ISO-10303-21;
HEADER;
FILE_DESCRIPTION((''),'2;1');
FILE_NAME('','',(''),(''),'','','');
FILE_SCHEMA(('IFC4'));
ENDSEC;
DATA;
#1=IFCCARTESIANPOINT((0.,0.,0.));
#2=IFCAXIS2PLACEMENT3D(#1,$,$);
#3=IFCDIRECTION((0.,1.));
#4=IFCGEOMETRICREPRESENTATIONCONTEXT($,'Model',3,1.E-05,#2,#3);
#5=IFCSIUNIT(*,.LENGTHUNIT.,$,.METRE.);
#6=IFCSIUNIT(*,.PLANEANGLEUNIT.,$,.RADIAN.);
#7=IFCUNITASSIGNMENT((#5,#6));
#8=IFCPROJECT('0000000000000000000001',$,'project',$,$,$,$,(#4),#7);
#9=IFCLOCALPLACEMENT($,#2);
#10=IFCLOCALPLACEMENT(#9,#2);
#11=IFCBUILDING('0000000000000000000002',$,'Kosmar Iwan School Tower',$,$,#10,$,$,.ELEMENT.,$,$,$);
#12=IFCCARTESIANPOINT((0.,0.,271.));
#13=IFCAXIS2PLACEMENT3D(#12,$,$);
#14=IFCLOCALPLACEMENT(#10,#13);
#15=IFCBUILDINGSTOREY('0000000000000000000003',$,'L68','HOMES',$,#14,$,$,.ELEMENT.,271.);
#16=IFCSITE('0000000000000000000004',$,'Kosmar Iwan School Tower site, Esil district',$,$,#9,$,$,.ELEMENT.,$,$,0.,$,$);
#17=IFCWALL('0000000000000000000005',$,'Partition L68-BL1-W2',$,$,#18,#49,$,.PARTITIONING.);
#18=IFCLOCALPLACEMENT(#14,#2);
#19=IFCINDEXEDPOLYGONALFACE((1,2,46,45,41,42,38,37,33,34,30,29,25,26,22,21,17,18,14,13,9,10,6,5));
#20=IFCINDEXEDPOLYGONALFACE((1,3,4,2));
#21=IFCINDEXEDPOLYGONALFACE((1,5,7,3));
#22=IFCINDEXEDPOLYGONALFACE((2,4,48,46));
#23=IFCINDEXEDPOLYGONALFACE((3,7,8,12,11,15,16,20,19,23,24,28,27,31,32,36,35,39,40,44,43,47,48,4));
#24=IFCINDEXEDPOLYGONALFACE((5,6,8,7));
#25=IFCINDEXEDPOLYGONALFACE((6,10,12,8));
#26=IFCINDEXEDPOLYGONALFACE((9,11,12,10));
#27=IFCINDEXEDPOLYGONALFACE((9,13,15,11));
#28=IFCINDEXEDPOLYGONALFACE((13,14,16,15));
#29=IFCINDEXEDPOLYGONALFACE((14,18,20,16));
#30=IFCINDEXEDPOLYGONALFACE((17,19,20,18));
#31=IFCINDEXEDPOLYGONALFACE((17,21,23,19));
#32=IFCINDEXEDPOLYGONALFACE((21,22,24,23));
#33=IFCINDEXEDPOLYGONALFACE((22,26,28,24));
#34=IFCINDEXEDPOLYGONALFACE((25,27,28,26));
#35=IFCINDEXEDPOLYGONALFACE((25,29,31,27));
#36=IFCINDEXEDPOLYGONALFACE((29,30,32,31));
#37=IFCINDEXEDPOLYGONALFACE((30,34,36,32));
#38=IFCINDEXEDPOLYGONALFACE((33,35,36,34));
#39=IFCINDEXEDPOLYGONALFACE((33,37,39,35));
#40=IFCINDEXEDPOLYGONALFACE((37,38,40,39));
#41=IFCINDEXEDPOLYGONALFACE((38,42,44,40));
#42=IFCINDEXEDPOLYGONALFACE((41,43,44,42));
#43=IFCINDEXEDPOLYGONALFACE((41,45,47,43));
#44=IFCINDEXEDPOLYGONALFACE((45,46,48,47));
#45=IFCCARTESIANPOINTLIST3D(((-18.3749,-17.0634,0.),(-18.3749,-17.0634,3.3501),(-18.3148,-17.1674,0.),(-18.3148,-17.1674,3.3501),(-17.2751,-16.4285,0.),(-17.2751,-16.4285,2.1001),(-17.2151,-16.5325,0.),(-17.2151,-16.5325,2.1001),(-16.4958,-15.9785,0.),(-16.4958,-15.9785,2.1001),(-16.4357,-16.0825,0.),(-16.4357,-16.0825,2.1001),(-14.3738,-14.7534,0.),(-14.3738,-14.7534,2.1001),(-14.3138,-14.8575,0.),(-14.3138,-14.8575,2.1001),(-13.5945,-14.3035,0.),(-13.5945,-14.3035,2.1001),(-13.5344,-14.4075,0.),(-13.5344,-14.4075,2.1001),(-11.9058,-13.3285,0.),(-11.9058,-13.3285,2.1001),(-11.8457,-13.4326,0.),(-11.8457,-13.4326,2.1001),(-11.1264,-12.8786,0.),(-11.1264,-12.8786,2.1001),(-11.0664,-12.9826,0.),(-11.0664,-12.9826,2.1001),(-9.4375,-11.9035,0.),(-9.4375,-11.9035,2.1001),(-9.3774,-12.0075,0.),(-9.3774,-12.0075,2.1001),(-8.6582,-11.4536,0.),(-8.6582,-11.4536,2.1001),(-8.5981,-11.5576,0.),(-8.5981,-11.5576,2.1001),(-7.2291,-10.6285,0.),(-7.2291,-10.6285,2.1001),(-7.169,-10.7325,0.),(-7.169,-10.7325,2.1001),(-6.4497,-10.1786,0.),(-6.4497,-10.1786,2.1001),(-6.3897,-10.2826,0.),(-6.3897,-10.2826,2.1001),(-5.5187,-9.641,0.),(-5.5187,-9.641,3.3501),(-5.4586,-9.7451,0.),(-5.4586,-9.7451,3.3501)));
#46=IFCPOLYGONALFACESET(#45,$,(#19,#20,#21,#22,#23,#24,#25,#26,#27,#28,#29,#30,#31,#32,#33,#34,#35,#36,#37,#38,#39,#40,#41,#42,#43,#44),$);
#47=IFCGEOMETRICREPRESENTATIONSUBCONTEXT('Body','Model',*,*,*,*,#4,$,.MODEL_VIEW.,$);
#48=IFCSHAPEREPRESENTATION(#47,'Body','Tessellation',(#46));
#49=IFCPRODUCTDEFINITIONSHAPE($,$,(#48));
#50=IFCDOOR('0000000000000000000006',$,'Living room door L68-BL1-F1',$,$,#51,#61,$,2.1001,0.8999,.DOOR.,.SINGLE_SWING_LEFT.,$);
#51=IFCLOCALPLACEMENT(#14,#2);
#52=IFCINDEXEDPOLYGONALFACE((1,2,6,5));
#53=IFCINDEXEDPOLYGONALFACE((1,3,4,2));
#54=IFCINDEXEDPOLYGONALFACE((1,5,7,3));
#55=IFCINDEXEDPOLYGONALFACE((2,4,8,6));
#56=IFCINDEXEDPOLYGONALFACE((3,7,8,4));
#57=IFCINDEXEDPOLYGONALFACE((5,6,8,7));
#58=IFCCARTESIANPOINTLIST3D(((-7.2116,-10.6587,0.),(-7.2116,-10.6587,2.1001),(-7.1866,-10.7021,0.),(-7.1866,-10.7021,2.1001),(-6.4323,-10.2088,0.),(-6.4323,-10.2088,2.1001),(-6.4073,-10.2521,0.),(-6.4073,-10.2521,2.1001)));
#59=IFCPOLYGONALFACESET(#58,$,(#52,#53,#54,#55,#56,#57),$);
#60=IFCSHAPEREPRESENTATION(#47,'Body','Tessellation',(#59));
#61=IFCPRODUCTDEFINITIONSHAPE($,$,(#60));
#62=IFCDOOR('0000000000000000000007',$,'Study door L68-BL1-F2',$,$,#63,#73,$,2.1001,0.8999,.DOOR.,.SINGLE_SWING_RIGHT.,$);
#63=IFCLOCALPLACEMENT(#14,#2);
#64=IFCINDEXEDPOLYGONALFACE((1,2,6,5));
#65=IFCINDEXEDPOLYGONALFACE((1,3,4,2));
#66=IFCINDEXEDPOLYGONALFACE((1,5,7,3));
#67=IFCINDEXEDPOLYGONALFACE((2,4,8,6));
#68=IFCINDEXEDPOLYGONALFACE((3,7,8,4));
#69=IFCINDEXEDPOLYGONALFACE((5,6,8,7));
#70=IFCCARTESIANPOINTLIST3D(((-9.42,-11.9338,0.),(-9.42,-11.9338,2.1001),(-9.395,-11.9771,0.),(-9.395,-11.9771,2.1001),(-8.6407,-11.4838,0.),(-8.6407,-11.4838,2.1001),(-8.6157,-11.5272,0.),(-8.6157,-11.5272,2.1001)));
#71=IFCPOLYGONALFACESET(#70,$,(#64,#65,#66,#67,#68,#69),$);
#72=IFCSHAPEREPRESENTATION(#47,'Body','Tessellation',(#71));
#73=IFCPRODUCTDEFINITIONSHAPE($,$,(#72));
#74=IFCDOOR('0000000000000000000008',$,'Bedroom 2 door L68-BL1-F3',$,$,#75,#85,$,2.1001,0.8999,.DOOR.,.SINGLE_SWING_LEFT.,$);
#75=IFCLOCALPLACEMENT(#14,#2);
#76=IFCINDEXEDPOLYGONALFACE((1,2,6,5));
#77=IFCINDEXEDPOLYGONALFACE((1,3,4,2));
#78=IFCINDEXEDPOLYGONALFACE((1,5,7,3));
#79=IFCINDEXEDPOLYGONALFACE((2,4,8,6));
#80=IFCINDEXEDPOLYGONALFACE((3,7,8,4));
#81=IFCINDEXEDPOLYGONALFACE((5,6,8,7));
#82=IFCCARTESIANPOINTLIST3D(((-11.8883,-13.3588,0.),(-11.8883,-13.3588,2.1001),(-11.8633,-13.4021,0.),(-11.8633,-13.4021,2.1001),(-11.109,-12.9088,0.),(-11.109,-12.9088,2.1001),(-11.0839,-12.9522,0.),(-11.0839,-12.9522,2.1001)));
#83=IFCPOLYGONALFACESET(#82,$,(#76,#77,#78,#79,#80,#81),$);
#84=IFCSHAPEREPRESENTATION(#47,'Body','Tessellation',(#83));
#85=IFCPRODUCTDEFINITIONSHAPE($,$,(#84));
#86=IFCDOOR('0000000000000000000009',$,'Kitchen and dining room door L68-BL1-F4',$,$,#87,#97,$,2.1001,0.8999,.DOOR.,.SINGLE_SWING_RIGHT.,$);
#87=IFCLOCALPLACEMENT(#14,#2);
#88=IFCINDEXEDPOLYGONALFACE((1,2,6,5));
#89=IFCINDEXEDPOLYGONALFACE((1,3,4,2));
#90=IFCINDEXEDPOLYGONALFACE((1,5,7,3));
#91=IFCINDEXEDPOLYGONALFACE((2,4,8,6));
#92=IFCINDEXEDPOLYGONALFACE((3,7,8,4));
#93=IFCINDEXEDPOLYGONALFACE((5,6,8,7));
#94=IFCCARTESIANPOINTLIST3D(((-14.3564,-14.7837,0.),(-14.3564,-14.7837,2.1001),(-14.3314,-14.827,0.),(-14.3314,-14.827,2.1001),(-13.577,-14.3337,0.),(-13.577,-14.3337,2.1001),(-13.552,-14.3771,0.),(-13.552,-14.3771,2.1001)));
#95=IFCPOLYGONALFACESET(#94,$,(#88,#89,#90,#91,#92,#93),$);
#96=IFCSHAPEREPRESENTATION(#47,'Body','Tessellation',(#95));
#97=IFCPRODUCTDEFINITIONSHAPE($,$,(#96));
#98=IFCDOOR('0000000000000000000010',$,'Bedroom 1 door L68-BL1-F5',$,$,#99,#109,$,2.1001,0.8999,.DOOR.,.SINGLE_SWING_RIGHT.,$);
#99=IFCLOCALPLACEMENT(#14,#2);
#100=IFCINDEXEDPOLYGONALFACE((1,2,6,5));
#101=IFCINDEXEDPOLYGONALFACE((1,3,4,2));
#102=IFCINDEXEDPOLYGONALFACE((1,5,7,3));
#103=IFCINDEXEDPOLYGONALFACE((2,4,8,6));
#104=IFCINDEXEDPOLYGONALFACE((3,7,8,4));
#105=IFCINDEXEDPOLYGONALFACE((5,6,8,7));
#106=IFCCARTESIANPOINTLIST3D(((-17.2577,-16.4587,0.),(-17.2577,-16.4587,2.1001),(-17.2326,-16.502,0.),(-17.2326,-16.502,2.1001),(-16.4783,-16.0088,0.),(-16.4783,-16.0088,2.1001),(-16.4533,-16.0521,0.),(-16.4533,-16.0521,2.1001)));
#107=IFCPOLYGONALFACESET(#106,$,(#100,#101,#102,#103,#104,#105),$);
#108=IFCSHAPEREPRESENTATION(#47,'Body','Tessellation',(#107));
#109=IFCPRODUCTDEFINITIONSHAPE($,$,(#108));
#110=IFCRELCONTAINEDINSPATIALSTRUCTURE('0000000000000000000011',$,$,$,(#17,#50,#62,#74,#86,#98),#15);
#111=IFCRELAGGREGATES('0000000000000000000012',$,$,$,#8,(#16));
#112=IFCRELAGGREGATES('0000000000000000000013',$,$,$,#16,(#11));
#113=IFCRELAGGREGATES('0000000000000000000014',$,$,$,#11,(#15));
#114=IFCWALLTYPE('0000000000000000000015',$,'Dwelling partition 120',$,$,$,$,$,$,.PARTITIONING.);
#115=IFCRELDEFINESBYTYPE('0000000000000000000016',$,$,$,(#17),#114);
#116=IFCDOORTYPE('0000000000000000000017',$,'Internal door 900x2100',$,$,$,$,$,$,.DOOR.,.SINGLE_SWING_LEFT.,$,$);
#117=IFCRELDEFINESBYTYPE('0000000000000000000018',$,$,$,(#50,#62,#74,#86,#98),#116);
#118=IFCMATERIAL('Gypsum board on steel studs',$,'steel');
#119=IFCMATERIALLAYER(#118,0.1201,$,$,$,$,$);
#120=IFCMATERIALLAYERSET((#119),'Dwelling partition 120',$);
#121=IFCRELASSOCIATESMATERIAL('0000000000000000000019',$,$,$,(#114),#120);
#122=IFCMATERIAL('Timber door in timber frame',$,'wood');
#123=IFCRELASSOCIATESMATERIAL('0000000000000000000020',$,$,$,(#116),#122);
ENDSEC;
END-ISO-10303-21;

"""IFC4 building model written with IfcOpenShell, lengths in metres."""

from ifc_helpers import new_model, si_unit, direction, frame, frame_2d, origin, place, context, subcontext, project, spatial, rectangle, extrude, material, layer, layer_set, type_object, element, fill, save


model = new_model("IFC4")

# Units and contexts
model_context = context("Model", 3, precision=1e-05, world=origin(), true_north=direction((0.0, 1.0)))
body_context = subcontext(model_context, "Body", "Model", "MODEL_VIEW")
ifc_project = project(units=[si_unit("LENGTHUNIT", "METRE"), si_unit("PLANEANGLEUNIT", "RADIAN")], contexts=[model_context])

# Site, building, storey
site_placement = place(None, origin())
site = spatial("IfcSite", under=ifc_project, at=site_placement, Name="Kosmar Iwan School Tower site, Esil district", CompositionType="ELEMENT", RefElevation=0.0)
building_placement = place(site_placement, origin())
building = spatial("IfcBuilding", under=site, at=building_placement, Name="Kosmar Iwan School Tower", CompositionType="ELEMENT")
storey_placement = place(building_placement, frame((0.0, 0.0, 271.0)))
storey = spatial("IfcBuildingStorey", under=building, at=storey_placement, Name="L68", Description="HOMES", CompositionType="ELEMENT", Elevation=271.0)

# Wall, openings, doors
ifc_material_1 = material(Name="Gypsum board on steel studs", Category="steel")
ifc_layer_1 = layer(ifc_material_1, 0.1201)
ifc_layer_set_1 = layer_set([ifc_layer_1], Name="Dwelling partition 120")
wall_type_1 = type_object("IfcWallType", Name="Dwelling partition 120", PredefinedType="PARTITIONING", material=ifc_layer_set_1)
ifc_material_2 = material(Name="Timber door in timber frame", Category="wood")
door_type_1 = type_object("IfcDoorType", Name="Internal door 900x2100", OperationType="SINGLE_SWING_LEFT", PredefinedType="DOOR", material=ifc_material_2)
wall_1_placement = place(storey_placement, frame((-5.4888, -9.6931, 0.0), z_axis=(0.0, 0.0, 1.0), x_axis=(-0.86603, -0.499992, 0.0)))
wall_1 = element("IfcWall", 1, at=wall_1_placement, inside=storey, type_object=wall_type_1, Name="Partition L68-BL1-W2", PredefinedType="PARTITIONING", context=body_context, shape_type="SweptSolid", body=[
    extrude(rectangle(XDim=14.845, YDim=0.1201, at=frame_2d((7.4224, 0.0))), origin(), (0.0, 0.0, 1.0), 3.3501),
])
opening_1_placement = place(wall_1_placement, frame((1.075, 0.0, 0.0)))
opening_1 = element("IfcOpeningElement", 2, at=opening_1_placement, cuts=wall_1, PredefinedType="OPENING", context=body_context, shape_type="SweptSolid", body=[
    extrude(rectangle(XDim=0.8999, YDim=2.1001, at=frame_2d((0.45, 1.05))), frame((0.0, 0.072, 0.0), z_axis=(0.0, -1.0, 0.0), x_axis=(1.0, 0.0, 0.0)), (0.0, 0.0, 1.0), 0.144),
])
opening_2_placement = place(wall_1_placement, frame((3.625, 0.0, 0.0)))
opening_2 = element("IfcOpeningElement", 3, at=opening_2_placement, cuts=wall_1, PredefinedType="OPENING", context=body_context, shape_type="SweptSolid", body=[
    extrude(rectangle(XDim=0.8999, YDim=2.1001, at=frame_2d((0.45, 1.05))), frame((0.0, 0.072, 0.0), z_axis=(0.0, -1.0, 0.0), x_axis=(1.0, 0.0, 0.0)), (0.0, 0.0, 1.0), 0.144),
])
opening_3_placement = place(wall_1_placement, frame((6.4751, 0.0, 0.0)))
opening_3 = element("IfcOpeningElement", 4, at=opening_3_placement, cuts=wall_1, PredefinedType="OPENING", context=body_context, shape_type="SweptSolid", body=[
    extrude(rectangle(XDim=0.8999, YDim=2.1001, at=frame_2d((0.45, 1.05))), frame((0.0, 0.072, 0.0), z_axis=(0.0, -1.0, 0.0), x_axis=(1.0, 0.0, 0.0)), (0.0, 0.0, 1.0), 0.144),
])
opening_4_placement = place(wall_1_placement, frame((9.325, 0.0, 0.0)))
opening_4 = element("IfcOpeningElement", 5, at=opening_4_placement, cuts=wall_1, PredefinedType="OPENING", context=body_context, shape_type="SweptSolid", body=[
    extrude(rectangle(XDim=0.8999, YDim=2.1001, at=frame_2d((0.45, 1.05))), frame((0.0, 0.072, 0.0), z_axis=(0.0, -1.0, 0.0), x_axis=(1.0, 0.0, 0.0)), (0.0, 0.0, 1.0), 0.144),
])
opening_5_placement = place(wall_1_placement, frame((12.675, 0.0, 0.0)))
opening_5 = element("IfcOpeningElement", 6, at=opening_5_placement, cuts=wall_1, PredefinedType="OPENING", context=body_context, shape_type="SweptSolid", body=[
    extrude(rectangle(XDim=0.8999, YDim=2.1001, at=frame_2d((0.45, 1.05))), frame((0.0, 0.072, 0.0), z_axis=(0.0, -1.0, 0.0), x_axis=(1.0, 0.0, 0.0)), (0.0, 0.0, 1.0), 0.144),
])
door_1_placement = place(opening_1_placement, origin())
door_1 = element("IfcDoor", 7, at=door_1_placement, inside=storey, type_object=door_type_1, Name="Living room door L68-BL1-F1", OperationType="SINGLE_SWING_LEFT", OverallHeight=2.1001, OverallWidth=0.8999, PredefinedType="DOOR", context=body_context, shape_type="SweptSolid", body=[
    extrude(rectangle(XDim=0.8999, YDim=2.1001, at=frame_2d((0.45, 1.05))), frame((0.0, 0.0249, 0.0), z_axis=(0.0, -1.0, 0.0), x_axis=(1.0, 0.0, 0.0)), (0.0, 0.0, 1.0), 0.05),
])
fill(opening_1, door_1)
door_2_placement = place(opening_2_placement, origin())
door_2 = element("IfcDoor", 8, at=door_2_placement, inside=storey, type_object=door_type_1, Name="Study door L68-BL1-F2", OperationType="SINGLE_SWING_RIGHT", OverallHeight=2.1001, OverallWidth=0.8999, PredefinedType="DOOR", context=body_context, shape_type="SweptSolid", body=[
    extrude(rectangle(XDim=0.8999, YDim=2.1001, at=frame_2d((0.45, 1.05))), frame((0.0, 0.0249, 0.0), z_axis=(0.0, -1.0, 0.0), x_axis=(1.0, 0.0, 0.0)), (0.0, 0.0, 1.0), 0.05),
])
fill(opening_2, door_2)
door_3_placement = place(opening_3_placement, origin())
door_3 = element("IfcDoor", 9, at=door_3_placement, inside=storey, type_object=door_type_1, Name="Bedroom 2 door L68-BL1-F3", OperationType="SINGLE_SWING_LEFT", OverallHeight=2.1001, OverallWidth=0.8999, PredefinedType="DOOR", context=body_context, shape_type="SweptSolid", body=[
    extrude(rectangle(XDim=0.8999, YDim=2.1001, at=frame_2d((0.45, 1.05))), frame((0.0, 0.0249, 0.0), z_axis=(0.0, -1.0, 0.0), x_axis=(1.0, 0.0, 0.0)), (0.0, 0.0, 1.0), 0.05),
])
fill(opening_3, door_3)
door_4_placement = place(opening_4_placement, origin())
door_4 = element("IfcDoor", 10, at=door_4_placement, inside=storey, type_object=door_type_1, Name="Kitchen and dining room door L68-BL1-F4", OperationType="SINGLE_SWING_RIGHT", OverallHeight=2.1001, OverallWidth=0.8999, PredefinedType="DOOR", context=body_context, shape_type="SweptSolid", body=[
    extrude(rectangle(XDim=0.8999, YDim=2.1001, at=frame_2d((0.45, 1.05))), frame((0.0, 0.0249, 0.0), z_axis=(0.0, -1.0, 0.0), x_axis=(1.0, 0.0, 0.0)), (0.0, 0.0, 1.0), 0.05),
])
fill(opening_4, door_4)
door_5_placement = place(opening_5_placement, origin())
door_5 = element("IfcDoor", 11, at=door_5_placement, inside=storey, type_object=door_type_1, Name="Bedroom 1 door L68-BL1-F5", OperationType="SINGLE_SWING_RIGHT", OverallHeight=2.1001, OverallWidth=0.8999, PredefinedType="DOOR", context=body_context, shape_type="SweptSolid", body=[
    extrude(rectangle(XDim=0.8999, YDim=2.1001, at=frame_2d((0.45, 1.05))), frame((0.0, 0.0249, 0.0), z_axis=(0.0, -1.0, 0.0), x_axis=(1.0, 0.0, 0.0)), (0.0, 0.0, 1.0), 0.05),
])
fill(opening_5, door_5)

save(model, "model.ifc")
